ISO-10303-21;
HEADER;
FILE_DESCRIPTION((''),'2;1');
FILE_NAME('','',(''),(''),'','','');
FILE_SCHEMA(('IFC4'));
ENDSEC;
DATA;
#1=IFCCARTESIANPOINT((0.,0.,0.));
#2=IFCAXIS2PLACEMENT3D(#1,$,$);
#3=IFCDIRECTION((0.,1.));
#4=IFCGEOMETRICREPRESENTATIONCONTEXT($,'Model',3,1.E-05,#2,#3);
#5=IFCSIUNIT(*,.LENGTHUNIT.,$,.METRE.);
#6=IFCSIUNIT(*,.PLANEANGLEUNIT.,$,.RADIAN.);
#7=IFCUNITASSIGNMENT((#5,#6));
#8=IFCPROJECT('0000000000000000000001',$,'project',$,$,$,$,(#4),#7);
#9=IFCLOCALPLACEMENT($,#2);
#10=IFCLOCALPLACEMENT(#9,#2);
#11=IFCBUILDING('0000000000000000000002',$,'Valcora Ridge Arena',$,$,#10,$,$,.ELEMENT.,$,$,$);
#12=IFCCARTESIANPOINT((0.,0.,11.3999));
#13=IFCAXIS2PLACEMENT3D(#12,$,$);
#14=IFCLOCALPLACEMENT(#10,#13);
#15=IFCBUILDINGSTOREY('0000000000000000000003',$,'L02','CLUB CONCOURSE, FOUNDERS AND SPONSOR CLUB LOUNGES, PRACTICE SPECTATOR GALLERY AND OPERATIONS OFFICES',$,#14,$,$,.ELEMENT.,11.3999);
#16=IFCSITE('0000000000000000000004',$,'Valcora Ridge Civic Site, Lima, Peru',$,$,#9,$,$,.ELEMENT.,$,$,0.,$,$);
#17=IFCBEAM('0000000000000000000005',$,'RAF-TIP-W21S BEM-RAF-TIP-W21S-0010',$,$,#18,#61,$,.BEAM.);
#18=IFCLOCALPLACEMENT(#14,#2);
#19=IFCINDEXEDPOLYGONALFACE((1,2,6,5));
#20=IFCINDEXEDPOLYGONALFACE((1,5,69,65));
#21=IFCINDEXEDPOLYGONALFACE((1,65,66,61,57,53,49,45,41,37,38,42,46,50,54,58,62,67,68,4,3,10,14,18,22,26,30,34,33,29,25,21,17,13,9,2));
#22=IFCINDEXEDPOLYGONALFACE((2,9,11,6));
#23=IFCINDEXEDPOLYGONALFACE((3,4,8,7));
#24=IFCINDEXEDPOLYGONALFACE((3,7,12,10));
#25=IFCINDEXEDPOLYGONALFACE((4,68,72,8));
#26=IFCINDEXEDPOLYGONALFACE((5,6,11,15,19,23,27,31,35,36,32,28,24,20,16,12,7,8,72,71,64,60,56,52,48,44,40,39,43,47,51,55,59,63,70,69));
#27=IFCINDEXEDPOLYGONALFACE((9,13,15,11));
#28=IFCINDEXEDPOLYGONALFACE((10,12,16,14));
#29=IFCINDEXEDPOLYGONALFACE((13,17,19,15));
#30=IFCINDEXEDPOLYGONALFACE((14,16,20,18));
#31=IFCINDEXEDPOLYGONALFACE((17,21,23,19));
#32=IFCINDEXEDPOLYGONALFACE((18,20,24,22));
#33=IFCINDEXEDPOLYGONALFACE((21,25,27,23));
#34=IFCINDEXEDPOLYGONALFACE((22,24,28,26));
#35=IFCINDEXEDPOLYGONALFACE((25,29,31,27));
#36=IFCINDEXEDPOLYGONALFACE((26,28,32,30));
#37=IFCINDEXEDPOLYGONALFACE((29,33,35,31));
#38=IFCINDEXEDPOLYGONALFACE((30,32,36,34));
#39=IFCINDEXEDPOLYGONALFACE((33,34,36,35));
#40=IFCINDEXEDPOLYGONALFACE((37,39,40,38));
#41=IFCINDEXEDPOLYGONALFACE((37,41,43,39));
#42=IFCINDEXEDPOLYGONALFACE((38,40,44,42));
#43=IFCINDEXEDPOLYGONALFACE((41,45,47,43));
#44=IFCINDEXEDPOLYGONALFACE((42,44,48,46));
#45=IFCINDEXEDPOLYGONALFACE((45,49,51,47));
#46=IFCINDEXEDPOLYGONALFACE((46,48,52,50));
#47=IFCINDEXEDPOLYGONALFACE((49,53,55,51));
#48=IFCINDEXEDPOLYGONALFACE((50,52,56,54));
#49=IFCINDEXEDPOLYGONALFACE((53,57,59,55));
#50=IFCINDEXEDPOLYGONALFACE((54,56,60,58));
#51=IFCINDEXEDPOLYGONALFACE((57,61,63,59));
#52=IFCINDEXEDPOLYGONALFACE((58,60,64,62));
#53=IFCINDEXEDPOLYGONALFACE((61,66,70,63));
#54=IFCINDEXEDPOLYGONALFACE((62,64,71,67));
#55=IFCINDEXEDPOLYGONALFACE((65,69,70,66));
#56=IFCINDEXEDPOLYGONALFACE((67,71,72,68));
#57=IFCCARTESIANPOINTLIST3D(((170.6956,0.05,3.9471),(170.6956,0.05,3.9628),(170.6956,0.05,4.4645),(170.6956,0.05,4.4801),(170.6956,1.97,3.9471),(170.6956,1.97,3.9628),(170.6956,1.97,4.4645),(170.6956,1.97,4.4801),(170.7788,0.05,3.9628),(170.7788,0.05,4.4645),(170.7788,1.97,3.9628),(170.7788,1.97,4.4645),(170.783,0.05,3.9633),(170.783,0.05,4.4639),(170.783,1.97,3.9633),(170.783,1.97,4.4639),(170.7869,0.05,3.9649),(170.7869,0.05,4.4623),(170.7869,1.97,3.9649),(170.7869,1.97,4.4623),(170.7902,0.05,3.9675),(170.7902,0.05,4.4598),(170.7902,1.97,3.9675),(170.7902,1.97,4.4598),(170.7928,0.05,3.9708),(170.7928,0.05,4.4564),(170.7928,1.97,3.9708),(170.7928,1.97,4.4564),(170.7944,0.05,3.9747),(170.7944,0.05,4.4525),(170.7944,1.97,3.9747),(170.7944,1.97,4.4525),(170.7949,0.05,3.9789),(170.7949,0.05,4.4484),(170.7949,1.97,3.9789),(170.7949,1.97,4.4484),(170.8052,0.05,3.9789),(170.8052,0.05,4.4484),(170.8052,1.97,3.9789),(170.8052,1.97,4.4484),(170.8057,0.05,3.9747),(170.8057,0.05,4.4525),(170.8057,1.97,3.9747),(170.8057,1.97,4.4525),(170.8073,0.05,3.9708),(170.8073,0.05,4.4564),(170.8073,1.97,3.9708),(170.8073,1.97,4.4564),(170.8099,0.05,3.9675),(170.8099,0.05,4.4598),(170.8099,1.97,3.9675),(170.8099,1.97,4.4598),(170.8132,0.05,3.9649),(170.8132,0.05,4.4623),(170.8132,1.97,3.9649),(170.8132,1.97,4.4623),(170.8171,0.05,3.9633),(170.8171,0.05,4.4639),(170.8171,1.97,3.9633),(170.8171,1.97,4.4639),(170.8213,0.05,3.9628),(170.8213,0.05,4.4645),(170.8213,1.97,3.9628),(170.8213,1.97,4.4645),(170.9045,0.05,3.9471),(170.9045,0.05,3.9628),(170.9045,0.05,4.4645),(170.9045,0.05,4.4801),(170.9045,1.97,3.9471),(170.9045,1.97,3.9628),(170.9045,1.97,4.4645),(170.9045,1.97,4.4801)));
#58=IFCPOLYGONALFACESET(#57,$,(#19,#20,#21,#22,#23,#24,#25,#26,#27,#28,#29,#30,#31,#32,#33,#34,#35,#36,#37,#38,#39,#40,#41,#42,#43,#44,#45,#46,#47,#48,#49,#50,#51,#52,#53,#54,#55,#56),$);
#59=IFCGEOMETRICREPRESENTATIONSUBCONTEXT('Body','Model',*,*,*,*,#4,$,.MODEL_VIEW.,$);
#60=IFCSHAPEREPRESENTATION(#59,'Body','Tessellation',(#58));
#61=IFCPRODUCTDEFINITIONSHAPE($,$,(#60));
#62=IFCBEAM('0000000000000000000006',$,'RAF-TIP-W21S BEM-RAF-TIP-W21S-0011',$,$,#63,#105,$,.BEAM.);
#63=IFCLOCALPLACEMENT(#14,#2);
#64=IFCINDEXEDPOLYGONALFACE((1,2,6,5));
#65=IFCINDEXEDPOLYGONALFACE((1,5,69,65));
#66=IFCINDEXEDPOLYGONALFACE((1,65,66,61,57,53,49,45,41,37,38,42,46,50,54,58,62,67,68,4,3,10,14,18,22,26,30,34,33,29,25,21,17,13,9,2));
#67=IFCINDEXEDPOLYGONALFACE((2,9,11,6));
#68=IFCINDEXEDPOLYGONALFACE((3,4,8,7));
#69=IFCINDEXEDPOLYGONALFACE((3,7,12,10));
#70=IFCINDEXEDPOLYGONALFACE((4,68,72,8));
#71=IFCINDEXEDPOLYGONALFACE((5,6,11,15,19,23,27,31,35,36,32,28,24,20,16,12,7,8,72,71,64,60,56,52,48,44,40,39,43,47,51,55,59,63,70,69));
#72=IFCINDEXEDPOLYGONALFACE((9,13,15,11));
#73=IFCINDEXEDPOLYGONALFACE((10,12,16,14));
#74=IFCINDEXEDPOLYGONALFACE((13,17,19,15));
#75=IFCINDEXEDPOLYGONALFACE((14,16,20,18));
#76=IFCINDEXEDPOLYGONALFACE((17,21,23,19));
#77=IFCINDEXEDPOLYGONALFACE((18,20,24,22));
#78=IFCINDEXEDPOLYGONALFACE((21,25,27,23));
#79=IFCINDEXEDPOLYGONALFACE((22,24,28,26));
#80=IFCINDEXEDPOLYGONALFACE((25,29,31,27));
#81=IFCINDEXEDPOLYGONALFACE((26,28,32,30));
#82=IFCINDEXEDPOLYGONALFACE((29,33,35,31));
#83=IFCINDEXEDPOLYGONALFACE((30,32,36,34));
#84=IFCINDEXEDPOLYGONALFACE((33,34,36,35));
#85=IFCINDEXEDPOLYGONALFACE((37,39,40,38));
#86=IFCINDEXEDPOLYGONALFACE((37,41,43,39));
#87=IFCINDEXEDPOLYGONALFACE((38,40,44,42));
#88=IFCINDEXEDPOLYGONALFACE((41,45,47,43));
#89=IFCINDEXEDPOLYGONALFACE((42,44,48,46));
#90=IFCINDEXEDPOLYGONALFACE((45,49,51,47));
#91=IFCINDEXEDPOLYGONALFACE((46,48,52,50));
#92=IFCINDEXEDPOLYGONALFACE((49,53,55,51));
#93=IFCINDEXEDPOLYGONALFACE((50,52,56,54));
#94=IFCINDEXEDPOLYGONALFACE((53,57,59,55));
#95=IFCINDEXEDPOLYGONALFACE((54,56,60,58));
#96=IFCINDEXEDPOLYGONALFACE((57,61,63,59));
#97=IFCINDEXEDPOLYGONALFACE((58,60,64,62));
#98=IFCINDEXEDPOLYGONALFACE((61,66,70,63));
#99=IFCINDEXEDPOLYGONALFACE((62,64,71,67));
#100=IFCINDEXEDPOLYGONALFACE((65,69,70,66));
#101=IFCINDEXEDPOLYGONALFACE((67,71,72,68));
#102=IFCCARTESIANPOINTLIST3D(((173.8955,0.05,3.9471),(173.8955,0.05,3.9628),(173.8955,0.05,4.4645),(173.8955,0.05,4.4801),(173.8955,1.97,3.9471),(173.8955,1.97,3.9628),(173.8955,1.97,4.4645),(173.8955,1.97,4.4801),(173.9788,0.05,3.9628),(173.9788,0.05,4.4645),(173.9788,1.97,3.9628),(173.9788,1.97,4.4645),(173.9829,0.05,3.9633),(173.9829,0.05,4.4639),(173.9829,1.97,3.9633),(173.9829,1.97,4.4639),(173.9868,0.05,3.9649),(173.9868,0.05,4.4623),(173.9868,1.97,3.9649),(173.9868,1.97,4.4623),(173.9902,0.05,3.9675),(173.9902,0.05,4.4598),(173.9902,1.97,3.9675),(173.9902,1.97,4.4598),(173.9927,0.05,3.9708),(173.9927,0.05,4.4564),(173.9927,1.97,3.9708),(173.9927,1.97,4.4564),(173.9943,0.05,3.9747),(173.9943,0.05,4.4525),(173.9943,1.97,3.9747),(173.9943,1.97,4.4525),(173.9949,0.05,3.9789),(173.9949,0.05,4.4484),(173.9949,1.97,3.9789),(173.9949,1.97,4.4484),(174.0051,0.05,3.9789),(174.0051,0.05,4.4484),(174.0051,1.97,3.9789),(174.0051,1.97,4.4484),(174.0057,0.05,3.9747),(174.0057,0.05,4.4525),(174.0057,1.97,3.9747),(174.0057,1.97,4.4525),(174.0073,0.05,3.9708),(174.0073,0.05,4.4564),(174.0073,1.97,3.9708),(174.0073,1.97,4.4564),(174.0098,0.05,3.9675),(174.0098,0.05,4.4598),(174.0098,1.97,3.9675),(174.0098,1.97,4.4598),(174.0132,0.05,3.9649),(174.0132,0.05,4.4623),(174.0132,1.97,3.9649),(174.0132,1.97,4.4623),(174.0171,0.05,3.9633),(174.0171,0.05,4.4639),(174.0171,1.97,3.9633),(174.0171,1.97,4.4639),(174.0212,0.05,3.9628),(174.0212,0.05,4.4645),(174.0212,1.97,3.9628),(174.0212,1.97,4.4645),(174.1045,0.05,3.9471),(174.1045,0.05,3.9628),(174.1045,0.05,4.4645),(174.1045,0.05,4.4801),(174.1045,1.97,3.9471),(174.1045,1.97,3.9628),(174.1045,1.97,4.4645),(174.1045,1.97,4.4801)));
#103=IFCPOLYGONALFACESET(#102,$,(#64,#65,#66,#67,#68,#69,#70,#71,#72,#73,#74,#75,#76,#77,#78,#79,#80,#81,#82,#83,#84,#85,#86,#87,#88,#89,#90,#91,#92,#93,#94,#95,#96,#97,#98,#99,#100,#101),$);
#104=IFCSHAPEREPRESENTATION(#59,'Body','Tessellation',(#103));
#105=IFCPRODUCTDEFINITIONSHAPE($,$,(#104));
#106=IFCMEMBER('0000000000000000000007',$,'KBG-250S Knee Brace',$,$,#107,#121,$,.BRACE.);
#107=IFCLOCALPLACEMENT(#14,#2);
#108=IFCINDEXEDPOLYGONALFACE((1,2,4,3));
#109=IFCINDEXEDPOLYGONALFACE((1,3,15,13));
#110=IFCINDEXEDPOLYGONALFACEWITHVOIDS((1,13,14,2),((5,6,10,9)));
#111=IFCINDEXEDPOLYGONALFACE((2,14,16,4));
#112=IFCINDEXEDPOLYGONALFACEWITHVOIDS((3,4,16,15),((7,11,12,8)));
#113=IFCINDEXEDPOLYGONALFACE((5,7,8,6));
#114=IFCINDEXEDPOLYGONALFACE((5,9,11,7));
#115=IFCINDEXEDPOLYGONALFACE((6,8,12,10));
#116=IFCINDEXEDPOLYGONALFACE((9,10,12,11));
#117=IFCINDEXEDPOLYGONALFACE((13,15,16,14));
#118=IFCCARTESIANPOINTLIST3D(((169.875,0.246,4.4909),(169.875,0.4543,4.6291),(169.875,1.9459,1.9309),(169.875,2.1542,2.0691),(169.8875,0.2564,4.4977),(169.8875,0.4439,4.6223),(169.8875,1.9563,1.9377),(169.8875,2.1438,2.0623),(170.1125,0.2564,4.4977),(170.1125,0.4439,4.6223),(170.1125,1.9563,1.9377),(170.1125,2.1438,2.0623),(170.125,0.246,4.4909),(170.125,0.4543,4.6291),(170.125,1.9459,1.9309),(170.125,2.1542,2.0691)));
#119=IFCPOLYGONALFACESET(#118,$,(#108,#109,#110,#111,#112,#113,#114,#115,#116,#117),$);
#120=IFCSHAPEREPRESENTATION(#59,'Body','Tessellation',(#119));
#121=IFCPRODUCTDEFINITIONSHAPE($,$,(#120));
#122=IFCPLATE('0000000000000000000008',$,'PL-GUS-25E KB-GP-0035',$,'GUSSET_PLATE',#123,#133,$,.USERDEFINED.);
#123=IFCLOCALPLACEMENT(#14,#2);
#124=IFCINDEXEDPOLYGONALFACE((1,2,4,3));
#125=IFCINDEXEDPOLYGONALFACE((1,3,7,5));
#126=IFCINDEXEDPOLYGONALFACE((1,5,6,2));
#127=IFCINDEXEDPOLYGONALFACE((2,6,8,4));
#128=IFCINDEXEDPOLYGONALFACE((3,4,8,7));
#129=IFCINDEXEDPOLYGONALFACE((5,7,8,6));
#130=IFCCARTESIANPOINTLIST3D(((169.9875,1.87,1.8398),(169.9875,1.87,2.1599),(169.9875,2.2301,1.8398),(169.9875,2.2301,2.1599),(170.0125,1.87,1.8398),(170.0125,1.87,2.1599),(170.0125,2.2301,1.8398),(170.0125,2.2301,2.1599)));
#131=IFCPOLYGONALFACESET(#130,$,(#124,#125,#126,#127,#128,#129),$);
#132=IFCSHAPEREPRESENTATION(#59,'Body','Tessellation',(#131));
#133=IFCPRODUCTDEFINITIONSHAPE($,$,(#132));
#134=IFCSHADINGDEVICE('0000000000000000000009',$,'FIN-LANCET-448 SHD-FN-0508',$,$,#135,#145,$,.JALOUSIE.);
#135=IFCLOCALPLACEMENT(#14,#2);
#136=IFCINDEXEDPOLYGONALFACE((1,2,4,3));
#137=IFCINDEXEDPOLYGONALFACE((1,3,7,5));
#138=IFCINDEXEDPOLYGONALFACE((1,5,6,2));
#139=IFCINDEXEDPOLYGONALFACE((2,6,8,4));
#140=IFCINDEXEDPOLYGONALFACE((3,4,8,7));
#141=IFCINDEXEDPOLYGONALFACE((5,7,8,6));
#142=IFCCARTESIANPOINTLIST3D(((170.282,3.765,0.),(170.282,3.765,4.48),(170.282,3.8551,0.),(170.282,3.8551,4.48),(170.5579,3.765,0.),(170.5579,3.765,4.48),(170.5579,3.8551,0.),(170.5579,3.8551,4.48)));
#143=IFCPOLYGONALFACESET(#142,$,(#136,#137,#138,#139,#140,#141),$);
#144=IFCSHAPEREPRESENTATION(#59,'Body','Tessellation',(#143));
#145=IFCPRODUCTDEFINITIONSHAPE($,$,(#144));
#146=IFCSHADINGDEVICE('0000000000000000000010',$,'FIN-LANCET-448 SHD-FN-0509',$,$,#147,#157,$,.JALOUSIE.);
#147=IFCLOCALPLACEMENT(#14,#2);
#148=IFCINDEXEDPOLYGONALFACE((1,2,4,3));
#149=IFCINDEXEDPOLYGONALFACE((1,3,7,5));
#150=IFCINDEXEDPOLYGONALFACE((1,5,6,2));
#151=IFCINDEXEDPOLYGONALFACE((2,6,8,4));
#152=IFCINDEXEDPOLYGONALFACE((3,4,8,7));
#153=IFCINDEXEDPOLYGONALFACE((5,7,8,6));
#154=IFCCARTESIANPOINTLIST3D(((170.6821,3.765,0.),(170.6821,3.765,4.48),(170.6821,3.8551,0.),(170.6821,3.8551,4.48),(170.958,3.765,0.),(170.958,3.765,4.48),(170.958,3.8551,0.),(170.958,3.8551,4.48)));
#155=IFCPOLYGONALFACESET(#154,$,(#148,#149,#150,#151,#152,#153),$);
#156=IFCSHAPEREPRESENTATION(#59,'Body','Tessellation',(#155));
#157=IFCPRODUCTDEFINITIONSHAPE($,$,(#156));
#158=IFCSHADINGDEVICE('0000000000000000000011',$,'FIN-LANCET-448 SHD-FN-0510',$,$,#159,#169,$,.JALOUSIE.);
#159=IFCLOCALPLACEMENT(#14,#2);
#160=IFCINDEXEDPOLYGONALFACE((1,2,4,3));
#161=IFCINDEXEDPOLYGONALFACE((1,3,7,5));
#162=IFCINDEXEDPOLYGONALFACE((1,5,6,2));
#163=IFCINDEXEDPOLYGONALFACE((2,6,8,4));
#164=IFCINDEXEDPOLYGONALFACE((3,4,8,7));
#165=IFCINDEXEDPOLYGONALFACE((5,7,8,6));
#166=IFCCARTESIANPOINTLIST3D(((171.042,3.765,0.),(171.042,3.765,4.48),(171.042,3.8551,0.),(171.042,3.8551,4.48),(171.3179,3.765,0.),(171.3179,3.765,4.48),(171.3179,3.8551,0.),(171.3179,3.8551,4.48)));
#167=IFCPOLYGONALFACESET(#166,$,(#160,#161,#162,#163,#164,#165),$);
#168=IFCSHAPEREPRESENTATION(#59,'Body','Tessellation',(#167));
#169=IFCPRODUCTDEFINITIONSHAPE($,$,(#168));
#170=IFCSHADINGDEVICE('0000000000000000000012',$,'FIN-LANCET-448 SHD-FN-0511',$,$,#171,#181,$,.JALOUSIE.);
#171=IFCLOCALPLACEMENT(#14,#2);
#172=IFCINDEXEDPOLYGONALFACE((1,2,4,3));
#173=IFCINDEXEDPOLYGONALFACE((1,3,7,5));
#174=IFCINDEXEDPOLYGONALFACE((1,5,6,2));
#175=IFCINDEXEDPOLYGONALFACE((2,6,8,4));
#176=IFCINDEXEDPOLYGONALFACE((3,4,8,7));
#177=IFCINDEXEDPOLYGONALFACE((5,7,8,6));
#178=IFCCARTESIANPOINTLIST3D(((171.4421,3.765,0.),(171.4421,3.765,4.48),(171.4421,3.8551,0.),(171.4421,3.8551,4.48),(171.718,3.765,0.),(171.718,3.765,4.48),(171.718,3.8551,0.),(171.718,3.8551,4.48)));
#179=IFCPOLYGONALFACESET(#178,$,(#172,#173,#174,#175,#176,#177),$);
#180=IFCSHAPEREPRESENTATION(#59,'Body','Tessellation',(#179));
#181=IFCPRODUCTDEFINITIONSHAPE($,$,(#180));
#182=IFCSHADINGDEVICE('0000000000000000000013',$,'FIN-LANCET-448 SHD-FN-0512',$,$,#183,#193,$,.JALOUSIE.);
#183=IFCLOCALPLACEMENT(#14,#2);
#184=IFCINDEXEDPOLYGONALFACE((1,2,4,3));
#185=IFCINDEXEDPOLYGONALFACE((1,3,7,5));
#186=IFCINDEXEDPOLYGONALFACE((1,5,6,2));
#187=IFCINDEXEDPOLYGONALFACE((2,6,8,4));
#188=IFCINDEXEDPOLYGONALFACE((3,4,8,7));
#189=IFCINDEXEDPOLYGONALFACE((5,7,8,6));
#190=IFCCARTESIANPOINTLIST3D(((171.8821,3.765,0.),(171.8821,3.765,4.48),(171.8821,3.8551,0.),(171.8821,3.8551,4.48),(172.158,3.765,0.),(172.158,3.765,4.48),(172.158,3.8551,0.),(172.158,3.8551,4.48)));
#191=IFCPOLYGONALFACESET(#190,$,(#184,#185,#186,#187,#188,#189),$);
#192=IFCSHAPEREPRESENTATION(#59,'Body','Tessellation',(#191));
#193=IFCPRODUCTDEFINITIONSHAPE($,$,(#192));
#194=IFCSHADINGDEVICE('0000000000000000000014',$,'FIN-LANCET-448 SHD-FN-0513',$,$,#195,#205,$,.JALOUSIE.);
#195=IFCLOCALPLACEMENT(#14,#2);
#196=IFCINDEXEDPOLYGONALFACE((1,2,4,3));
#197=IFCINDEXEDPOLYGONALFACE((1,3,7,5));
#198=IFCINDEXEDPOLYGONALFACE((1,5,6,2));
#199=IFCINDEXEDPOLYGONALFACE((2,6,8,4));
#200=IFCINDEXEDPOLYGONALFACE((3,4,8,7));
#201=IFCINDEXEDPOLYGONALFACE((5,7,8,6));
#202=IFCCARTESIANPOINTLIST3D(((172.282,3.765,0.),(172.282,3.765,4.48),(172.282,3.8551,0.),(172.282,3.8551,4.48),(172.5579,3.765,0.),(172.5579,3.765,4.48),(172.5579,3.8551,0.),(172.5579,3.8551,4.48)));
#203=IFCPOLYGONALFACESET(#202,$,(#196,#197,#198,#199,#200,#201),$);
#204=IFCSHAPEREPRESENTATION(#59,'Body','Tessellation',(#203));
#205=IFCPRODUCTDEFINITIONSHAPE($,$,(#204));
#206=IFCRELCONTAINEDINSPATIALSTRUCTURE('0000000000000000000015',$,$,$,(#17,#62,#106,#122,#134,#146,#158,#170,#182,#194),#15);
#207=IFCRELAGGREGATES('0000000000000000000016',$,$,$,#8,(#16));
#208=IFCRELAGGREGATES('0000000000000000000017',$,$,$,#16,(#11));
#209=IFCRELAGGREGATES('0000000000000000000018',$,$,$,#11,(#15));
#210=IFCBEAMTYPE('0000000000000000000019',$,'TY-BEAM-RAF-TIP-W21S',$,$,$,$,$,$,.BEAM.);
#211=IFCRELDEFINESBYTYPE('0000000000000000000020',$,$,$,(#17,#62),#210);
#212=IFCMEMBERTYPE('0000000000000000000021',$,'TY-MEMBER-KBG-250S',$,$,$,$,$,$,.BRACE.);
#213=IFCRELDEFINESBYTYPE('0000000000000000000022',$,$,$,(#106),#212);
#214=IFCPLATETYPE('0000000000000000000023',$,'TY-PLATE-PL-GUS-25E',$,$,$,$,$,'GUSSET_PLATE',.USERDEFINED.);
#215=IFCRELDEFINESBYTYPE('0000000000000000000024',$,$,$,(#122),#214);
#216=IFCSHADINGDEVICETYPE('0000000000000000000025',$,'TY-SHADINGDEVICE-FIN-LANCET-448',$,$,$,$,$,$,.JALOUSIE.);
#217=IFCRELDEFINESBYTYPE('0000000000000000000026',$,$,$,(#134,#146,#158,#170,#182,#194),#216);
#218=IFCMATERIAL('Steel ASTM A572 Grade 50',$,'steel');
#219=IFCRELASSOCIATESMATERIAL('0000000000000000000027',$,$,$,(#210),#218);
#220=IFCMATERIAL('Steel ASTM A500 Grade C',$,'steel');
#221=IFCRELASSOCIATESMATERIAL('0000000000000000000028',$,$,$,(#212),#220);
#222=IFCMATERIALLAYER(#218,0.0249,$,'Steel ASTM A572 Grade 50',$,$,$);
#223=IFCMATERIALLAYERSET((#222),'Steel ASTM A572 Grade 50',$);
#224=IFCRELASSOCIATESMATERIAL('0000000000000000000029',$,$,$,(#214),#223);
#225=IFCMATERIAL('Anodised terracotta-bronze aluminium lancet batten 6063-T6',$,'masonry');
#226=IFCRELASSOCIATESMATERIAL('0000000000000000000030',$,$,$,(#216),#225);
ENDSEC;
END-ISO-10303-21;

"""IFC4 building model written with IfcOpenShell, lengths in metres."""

from ifc_helpers import new_model, si_unit, direction, frame, origin, origin_2d, place, context, subcontext, project, spatial, rectangle, hollow_rectangle, i_section, extrude, material, layer, layer_set, material_profile, profile_set, type_object, element, save


model = new_model("IFC4")

# Units and contexts
model_context = context("Model", 3, precision=1e-05, world=origin(), true_north=direction((0.0, 1.0)))
body_context = subcontext(model_context, "Body", "Model", "MODEL_VIEW")
ifc_project = project(units=[si_unit("LENGTHUNIT", "METRE"), si_unit("PLANEANGLEUNIT", "RADIAN")], contexts=[model_context])

# Site, building, storey
site_placement = place(None, origin())
site = spatial("IfcSite", under=ifc_project, at=site_placement, Name="Valcora Ridge Civic Site, Lima, Peru", CompositionType="ELEMENT", RefElevation=0.0)
building_placement = place(site_placement, origin())
building = spatial("IfcBuilding", under=site, at=building_placement, Name="Valcora Ridge Arena", CompositionType="ELEMENT")
storey_placement = place(building_placement, frame((0.0, 0.0, 11.3999)))
storey = spatial("IfcBuildingStorey", under=building, at=storey_placement, Name="L02", Description="CLUB CONCOURSE, FOUNDERS AND SPONSOR CLUB LOUNGES, PRACTICE SPECTATOR GALLERY AND OPERATIONS OFFICES", CompositionType="ELEMENT", Elevation=11.3999)

# Shared definitions
ifc_material_1 = material(Name="Steel ASTM A500 Grade C", Category="steel")

# Beams
ifc_material_2 = material(Name="Steel ASTM A572 Grade 50", Category="steel")
ifc_material_profile_1 = material_profile(ifc_material_2, i_section(OverallWidth=0.209, OverallDepth=0.533, WebThickness=0.0103, FlangeThickness=0.0156, FilletRadius=0.0161, at=origin_2d()), Name="W21X62")
ifc_profile_set_1 = profile_set([ifc_material_profile_1], Name="Steel ASTM A572 Grade 50")
beam_type_1 = type_object("IfcBeamType", Name="TY-BEAM-RAF-TIP-W21S", PredefinedType="BEAM", material=ifc_profile_set_1)
for number, where, z_axis, x_axis, name in (
    (1, (170.8, 0.05, 4.2136), (0.0, 1.0, 0.0), (-1.0, 0.0, 0.0), "RAF-TIP-W21S BEM-RAF-TIP-W21S-0010"),
    (2, (174.0, 0.05, 4.2136), (0.0, 1.0, 0.0), (-1.0, 0.0, 0.0), "RAF-TIP-W21S BEM-RAF-TIP-W21S-0011"),
):
    element("IfcBeam", number, at=place(storey_placement, frame(where, z_axis=z_axis, x_axis=x_axis)), inside=storey, type_object=beam_type_1, Name=name, PredefinedType="BEAM", context=body_context, shape_type="SweptSolid", body=[
        extrude(i_section(OverallWidth=0.209, OverallDepth=0.533, WebThickness=0.0103, FlangeThickness=0.0156, FilletRadius=0.0161, at=origin_2d()), origin(), (0.0, 0.0, 1.0), 1.9199),
    ])

# Member
ifc_material_profile_2 = material_profile(ifc_material_1, hollow_rectangle(XDim=0.25, YDim=0.25, WallThickness=0.0125, at=origin_2d()), Name="HSS250X250X12")
ifc_profile_set_2 = profile_set([ifc_material_profile_2], Name="Steel ASTM A500 Grade C")
member_type = type_object("IfcMemberType", Name="TY-MEMBER-KBG-250S", PredefinedType="BRACE", material=ifc_profile_set_2)
member_placement = place(storey_placement, frame((170.0, 2.05, 2.0), z_axis=(0.0, -0.553178, 0.833063), x_axis=(1.0, 0.0, 0.0)))
element("IfcMember", 3, at=member_placement, inside=storey, type_object=member_type, Name="KBG-250S Knee Brace", PredefinedType="BRACE", context=body_context, shape_type="SweptSolid", body=[
    extrude(hollow_rectangle(XDim=0.25, YDim=0.25, WallThickness=0.0125, at=origin_2d()), origin(), (0.0, 0.0, 1.0), 3.073),
])

# Plate
ifc_layer_1 = layer(ifc_material_2, 0.0249, Name="Steel ASTM A572 Grade 50")
ifc_layer_set_1 = layer_set([ifc_layer_1], Name="Steel ASTM A572 Grade 50")
plate_type = type_object("IfcPlateType", Name="TY-PLATE-PL-GUS-25E", ElementType="GUSSET_PLATE", PredefinedType="USERDEFINED", material=ifc_layer_set_1)
plate_placement = place(storey_placement, frame((170.0, 2.05, 1.8398), z_axis=(0.0, 0.0, 1.0), x_axis=(1.0, 0.0, 0.0)))
element("IfcPlate", 4, at=plate_placement, inside=storey, type_object=plate_type, Name="PL-GUS-25E KB-GP-0035", ObjectType="GUSSET_PLATE", PredefinedType="USERDEFINED", context=body_context, shape_type="SweptSolid", body=[
    extrude(rectangle(XDim=0.0249, YDim=0.3601, at=origin_2d()), origin(), (0.0, 0.0, 1.0), 0.3201),
])

# Shading devices
ifc_material_3 = material(Name="Anodised terracotta-bronze aluminium lancet batten 6063-T6", Category="masonry")
ifc_material_profile_3 = material_profile(ifc_material_3, rectangle(XDim=0.0901, YDim=0.2759, at=origin_2d()), Name="ALU LANCET BATTEN 90x276")
ifc_profile_set_3 = profile_set([ifc_material_profile_3], Name="Anodised terracotta-bronze aluminium lancet batten 6063-T6")
shading_device_type = type_object("IfcShadingDeviceType", Name="TY-SHADINGDEVICE-FIN-LANCET-448", PredefinedType="JALOUSIE", material=ifc_profile_set_3)
for number, where, z_axis, x_axis, name in (
    (5, (170.4199, 3.8101, 0.0), (0.0, 0.0, 1.0), (0.0, 1.0, 0.0), "FIN-LANCET-448 SHD-FN-0508"),
    (6, (170.8201, 3.8101, 0.0), (0.0, 0.0, 1.0), (0.0, 1.0, 0.0), "FIN-LANCET-448 SHD-FN-0509"),
    (7, (171.1799, 3.8101, 0.0), (0.0, 0.0, 1.0), (0.0, 1.0, 0.0), "FIN-LANCET-448 SHD-FN-0510"),
    (8, (171.5801, 3.8101, 0.0), (0.0, 0.0, 1.0), (0.0, 1.0, 0.0), "FIN-LANCET-448 SHD-FN-0511"),
    (9, (172.02, 3.8101, 0.0), (0.0, 0.0, 1.0), (0.0, 1.0, 0.0), "FIN-LANCET-448 SHD-FN-0512"),
    (10, (172.4199, 3.8101, 0.0), (0.0, 0.0, 1.0), (0.0, 1.0, 0.0), "FIN-LANCET-448 SHD-FN-0513"),
):
    element("IfcShadingDevice", number, at=place(storey_placement, frame(where, z_axis=z_axis, x_axis=x_axis)), inside=storey, type_object=shading_device_type, Name=name, PredefinedType="JALOUSIE", context=body_context, shape_type="SweptSolid", body=[
        extrude(rectangle(XDim=0.0901, YDim=0.2759, at=origin_2d()), origin(), (0.0, 0.0, 1.0), 4.48),
    ])

save(model, "model.ifc")
